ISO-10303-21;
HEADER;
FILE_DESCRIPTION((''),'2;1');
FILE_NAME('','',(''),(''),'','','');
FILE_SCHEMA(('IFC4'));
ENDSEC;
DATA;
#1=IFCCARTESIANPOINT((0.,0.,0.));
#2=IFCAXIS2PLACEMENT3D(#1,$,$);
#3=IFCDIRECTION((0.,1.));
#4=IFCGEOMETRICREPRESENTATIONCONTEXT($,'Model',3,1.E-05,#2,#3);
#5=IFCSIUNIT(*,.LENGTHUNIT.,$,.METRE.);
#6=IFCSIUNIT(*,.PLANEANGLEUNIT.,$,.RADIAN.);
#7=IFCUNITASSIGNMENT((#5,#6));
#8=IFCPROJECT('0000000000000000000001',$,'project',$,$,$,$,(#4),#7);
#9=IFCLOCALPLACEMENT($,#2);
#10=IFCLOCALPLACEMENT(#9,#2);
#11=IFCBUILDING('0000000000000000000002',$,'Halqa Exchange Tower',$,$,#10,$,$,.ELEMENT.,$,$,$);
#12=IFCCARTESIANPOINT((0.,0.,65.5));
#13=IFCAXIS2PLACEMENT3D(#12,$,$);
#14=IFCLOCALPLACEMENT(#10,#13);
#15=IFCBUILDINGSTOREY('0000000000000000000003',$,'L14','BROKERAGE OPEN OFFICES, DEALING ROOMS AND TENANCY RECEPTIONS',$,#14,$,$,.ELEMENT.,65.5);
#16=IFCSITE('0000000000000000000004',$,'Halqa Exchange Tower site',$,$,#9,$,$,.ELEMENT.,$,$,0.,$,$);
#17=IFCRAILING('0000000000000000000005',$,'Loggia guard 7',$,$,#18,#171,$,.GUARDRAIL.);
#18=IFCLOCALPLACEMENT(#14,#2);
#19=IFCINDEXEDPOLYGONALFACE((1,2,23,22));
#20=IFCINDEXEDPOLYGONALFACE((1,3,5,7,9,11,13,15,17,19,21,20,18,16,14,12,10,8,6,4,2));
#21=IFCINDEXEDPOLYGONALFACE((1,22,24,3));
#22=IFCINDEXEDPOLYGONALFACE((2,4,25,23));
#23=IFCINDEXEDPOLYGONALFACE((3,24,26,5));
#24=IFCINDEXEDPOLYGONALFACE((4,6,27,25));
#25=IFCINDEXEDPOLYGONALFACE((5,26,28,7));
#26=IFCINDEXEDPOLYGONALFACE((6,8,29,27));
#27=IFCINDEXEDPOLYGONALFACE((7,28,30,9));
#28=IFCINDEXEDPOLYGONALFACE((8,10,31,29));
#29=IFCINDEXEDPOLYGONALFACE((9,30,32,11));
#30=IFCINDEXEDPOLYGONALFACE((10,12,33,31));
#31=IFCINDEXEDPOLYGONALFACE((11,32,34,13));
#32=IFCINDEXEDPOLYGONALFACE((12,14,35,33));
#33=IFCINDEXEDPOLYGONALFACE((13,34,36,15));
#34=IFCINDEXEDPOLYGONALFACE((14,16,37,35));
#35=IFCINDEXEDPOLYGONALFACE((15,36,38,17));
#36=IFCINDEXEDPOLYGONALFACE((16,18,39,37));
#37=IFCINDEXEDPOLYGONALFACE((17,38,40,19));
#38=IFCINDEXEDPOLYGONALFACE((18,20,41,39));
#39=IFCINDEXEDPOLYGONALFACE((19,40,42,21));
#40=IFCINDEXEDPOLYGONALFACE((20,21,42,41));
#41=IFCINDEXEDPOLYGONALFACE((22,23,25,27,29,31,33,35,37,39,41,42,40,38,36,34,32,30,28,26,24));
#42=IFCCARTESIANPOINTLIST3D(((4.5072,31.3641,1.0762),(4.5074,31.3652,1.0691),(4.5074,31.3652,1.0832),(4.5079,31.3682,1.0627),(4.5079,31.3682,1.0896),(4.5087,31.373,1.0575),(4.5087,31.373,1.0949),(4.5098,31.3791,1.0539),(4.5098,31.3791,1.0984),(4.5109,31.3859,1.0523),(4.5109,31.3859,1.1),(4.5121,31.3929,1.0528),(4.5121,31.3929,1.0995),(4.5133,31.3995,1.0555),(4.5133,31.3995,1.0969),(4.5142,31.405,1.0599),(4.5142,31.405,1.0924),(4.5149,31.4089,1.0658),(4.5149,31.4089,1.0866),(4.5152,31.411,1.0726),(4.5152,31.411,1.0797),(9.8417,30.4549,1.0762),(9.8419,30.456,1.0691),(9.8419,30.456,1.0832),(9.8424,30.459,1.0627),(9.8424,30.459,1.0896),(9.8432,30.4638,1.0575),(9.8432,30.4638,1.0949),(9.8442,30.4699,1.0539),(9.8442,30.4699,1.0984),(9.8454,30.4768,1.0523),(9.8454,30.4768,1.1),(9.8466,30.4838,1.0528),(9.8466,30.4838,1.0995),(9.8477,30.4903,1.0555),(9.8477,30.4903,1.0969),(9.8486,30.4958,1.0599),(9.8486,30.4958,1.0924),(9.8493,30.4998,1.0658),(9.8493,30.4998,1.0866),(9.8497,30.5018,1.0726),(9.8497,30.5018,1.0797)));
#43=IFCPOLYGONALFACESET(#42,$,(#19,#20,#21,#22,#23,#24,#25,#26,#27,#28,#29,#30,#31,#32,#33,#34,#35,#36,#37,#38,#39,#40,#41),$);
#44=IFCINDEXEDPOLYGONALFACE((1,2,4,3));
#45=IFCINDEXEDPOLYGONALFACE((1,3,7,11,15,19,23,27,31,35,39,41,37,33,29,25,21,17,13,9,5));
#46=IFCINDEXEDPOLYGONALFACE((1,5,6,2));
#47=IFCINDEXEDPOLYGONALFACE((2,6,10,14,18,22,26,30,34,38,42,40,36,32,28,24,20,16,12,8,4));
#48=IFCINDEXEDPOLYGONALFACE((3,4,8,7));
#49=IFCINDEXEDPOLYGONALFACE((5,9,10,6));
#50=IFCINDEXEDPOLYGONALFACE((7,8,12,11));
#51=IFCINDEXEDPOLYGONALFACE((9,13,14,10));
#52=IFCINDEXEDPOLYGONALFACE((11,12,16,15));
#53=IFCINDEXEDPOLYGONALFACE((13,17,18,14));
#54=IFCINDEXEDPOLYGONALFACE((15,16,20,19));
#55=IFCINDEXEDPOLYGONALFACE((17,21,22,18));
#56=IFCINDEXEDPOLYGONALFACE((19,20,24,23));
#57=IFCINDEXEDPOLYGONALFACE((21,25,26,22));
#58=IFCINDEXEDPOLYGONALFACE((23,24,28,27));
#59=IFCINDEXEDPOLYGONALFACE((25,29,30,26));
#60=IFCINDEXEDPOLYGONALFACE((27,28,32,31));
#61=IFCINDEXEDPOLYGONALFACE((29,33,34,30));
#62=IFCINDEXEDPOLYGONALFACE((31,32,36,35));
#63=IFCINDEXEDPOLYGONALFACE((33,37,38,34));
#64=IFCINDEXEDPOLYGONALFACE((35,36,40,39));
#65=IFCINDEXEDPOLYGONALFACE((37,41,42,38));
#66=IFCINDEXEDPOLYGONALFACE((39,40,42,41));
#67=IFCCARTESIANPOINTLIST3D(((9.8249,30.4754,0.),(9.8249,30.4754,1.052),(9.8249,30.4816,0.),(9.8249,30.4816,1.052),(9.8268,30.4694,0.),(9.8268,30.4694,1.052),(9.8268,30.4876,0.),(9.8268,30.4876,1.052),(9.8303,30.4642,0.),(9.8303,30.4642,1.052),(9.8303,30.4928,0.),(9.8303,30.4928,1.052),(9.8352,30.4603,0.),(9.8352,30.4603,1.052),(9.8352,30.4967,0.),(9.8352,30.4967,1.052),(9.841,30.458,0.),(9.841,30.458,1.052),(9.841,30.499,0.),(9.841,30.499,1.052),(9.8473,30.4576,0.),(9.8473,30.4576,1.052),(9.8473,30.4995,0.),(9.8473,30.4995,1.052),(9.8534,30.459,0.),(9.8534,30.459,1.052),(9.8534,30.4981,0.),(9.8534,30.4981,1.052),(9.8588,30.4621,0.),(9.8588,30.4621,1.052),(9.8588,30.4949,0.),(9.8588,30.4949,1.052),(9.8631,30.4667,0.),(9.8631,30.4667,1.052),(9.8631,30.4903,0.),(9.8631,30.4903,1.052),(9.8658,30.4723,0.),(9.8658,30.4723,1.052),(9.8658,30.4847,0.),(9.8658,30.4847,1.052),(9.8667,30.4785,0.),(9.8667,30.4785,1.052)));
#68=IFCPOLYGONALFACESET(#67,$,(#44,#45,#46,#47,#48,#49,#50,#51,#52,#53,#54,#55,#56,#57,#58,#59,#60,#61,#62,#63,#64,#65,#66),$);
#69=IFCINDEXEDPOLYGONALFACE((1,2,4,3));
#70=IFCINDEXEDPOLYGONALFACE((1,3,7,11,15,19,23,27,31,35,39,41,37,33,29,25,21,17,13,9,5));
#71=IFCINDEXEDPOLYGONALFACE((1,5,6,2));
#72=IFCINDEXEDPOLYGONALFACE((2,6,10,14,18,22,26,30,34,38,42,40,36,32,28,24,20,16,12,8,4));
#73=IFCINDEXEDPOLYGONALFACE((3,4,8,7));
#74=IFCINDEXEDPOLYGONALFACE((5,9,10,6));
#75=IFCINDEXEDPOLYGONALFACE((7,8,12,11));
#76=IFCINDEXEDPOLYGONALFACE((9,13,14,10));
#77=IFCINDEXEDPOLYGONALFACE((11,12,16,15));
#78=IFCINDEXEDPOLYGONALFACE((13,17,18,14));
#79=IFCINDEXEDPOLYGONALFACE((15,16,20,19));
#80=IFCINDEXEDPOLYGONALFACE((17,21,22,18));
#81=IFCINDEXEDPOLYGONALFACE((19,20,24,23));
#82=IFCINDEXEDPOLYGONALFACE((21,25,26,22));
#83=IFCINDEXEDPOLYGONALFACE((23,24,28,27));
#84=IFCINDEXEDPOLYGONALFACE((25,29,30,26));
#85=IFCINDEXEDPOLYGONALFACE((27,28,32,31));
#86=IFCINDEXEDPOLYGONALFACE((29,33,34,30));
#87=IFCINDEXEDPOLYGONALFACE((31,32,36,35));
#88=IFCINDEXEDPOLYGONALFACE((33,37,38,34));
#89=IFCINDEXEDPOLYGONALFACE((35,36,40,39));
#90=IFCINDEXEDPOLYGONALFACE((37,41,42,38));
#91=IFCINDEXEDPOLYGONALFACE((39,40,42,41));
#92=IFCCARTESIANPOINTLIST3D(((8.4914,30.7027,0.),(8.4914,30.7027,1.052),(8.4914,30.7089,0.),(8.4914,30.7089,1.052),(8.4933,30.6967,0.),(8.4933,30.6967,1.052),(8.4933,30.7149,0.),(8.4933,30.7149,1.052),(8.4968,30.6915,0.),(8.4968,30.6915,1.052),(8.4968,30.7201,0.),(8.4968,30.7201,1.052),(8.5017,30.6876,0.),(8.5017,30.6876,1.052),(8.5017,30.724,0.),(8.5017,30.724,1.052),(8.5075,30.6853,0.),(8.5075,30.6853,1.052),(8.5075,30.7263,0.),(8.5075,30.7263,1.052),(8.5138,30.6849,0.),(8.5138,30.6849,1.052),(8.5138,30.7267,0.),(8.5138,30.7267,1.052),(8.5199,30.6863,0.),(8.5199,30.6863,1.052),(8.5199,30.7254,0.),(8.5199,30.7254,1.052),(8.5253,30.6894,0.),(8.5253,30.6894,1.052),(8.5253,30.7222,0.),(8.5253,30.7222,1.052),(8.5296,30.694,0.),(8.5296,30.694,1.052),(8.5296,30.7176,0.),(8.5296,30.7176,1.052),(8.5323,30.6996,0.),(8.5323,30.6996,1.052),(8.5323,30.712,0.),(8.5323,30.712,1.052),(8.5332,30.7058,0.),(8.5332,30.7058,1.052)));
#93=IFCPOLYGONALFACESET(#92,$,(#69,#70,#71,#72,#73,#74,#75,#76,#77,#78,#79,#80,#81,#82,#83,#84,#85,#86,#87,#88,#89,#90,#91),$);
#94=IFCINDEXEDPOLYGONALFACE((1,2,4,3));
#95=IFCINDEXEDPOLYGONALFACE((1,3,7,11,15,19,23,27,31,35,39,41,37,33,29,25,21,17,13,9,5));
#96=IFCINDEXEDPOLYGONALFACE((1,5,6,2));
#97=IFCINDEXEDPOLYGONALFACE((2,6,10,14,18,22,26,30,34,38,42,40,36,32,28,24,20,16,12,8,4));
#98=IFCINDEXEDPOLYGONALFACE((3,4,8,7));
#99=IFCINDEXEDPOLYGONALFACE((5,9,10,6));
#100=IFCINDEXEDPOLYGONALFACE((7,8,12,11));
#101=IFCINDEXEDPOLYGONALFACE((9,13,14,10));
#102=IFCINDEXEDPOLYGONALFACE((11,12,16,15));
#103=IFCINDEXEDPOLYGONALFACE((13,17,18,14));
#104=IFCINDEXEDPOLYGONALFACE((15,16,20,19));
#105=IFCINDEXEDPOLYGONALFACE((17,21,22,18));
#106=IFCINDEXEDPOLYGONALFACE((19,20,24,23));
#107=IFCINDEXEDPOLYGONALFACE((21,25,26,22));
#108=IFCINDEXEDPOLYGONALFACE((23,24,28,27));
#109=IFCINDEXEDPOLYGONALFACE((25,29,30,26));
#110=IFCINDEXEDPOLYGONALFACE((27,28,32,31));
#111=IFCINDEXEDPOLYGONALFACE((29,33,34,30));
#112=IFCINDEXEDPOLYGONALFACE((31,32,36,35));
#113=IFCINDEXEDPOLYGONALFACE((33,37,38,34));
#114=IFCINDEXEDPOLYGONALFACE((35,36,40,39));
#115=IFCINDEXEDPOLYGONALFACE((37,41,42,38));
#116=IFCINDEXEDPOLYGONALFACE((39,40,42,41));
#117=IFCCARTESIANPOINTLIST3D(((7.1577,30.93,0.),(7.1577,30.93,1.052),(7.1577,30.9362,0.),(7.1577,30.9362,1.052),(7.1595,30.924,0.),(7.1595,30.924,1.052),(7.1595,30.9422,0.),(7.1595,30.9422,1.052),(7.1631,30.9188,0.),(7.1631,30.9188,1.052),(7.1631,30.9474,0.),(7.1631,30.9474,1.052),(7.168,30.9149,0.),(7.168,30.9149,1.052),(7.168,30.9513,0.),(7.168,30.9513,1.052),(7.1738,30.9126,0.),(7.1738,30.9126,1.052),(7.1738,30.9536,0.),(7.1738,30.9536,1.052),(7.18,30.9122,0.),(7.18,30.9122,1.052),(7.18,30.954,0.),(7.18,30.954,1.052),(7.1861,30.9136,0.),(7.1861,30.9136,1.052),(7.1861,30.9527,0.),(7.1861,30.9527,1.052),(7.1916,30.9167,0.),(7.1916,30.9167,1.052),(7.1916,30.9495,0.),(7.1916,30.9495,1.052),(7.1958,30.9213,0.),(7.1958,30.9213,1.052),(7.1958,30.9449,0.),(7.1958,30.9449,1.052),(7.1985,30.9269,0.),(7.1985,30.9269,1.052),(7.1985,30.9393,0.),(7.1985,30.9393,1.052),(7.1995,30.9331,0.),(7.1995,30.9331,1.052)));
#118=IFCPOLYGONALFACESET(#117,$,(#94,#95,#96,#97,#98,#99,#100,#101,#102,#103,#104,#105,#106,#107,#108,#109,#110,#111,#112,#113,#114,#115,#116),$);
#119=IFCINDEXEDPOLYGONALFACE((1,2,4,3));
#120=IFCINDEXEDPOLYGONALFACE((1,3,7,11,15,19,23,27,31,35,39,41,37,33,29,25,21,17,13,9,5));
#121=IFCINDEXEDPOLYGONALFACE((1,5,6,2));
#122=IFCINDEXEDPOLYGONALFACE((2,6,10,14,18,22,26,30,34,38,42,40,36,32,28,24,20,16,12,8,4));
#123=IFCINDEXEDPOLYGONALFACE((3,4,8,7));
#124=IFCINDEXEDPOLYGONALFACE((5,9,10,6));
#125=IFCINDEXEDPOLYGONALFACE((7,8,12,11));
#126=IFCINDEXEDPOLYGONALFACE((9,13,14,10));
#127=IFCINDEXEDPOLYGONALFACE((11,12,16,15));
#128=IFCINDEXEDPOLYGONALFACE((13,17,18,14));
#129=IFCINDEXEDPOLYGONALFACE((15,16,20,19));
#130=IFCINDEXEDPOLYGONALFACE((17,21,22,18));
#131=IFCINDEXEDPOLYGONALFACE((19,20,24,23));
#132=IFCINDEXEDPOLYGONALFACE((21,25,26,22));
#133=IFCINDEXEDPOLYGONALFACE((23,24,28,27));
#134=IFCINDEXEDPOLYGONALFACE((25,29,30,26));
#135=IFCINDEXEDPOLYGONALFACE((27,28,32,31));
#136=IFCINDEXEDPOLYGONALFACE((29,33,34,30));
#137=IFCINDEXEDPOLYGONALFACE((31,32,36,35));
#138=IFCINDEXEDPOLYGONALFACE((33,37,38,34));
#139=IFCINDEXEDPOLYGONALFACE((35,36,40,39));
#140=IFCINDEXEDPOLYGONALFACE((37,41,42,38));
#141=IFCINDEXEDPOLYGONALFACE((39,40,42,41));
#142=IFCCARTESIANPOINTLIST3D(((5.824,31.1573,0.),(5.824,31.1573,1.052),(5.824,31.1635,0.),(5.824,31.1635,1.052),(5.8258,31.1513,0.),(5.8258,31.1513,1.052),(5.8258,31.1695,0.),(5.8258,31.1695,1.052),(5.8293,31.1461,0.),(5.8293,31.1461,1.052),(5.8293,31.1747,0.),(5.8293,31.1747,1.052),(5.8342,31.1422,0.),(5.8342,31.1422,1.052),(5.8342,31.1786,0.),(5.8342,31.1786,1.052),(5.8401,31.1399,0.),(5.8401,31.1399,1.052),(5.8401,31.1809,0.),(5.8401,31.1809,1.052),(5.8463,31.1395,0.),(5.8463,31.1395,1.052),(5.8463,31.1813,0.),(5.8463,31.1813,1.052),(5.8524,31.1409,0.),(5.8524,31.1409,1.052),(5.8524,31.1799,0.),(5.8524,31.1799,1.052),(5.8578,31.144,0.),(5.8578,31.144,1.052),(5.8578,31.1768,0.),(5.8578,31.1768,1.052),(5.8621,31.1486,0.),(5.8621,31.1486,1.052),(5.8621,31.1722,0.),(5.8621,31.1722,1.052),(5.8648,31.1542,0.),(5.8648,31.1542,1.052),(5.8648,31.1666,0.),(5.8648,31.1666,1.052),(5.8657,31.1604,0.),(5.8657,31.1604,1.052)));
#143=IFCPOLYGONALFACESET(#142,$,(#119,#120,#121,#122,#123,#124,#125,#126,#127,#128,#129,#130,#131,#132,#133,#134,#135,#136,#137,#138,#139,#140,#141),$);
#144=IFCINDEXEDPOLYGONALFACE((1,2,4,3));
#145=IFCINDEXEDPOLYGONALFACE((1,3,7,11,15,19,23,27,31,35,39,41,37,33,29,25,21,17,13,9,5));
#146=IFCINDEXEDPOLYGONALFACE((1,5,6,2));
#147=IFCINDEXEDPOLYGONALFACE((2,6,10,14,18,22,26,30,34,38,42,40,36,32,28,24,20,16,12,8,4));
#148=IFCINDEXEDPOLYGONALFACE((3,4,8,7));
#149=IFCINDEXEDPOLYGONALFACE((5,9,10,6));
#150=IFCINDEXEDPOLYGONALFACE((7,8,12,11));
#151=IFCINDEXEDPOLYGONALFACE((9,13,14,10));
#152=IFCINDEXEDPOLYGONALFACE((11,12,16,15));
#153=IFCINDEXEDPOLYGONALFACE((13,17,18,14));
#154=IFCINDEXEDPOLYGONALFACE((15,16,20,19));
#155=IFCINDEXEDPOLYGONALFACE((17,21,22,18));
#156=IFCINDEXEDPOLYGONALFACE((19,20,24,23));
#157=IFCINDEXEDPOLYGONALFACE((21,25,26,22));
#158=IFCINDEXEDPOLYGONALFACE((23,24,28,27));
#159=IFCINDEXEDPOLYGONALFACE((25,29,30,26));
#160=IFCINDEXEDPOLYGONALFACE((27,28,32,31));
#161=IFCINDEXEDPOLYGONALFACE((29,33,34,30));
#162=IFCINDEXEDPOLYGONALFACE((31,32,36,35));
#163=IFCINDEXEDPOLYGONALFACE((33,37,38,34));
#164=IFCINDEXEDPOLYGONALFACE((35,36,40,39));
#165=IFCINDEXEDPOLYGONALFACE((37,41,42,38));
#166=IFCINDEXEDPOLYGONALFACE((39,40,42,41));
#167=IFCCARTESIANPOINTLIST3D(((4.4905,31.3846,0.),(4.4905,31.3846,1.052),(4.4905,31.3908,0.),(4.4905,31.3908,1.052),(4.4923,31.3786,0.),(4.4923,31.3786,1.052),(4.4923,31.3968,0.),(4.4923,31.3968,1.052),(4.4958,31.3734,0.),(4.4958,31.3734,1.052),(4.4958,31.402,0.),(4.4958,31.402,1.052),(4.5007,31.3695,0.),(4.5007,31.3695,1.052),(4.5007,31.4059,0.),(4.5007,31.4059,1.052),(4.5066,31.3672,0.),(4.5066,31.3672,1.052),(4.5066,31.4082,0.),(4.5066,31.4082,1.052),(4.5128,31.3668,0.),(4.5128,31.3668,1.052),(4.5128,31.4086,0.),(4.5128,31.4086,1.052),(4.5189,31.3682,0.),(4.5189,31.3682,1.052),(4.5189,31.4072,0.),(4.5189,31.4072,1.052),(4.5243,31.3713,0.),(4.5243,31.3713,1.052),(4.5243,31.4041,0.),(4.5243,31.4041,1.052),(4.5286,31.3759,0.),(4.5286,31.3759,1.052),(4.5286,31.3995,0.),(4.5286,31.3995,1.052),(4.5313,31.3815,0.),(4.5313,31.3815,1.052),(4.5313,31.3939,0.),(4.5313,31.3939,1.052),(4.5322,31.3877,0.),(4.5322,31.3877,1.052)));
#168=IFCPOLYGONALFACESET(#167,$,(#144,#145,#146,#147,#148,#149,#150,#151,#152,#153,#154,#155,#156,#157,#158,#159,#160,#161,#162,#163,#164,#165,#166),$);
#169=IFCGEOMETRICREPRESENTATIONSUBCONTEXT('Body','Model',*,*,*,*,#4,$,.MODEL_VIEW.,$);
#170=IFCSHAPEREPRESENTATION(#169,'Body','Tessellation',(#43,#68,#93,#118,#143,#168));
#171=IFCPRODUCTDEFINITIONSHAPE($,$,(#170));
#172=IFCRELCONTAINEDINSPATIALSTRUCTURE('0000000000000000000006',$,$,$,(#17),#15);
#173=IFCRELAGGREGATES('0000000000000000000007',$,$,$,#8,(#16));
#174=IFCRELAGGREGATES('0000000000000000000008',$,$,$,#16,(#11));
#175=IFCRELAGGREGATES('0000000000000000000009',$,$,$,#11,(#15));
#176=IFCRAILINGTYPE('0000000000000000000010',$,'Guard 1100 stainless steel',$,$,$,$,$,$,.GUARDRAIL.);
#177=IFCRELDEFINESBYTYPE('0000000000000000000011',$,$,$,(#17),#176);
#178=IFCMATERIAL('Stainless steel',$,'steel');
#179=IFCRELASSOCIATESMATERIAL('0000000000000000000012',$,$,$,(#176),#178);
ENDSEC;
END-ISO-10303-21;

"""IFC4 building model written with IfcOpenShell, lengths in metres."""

from ifc_helpers import new_model, si_unit, direction, frame, origin, origin_2d, place, context, subcontext, project, spatial, circle, extrude, material, type_object, element, save


model = new_model("IFC4")

# Units and contexts
model_context = context("Model", 3, precision=1e-05, world=origin(), true_north=direction((0.0, 1.0)))
body_context = subcontext(model_context, "Body", "Model", "MODEL_VIEW")
ifc_project = project(units=[si_unit("LENGTHUNIT", "METRE"), si_unit("PLANEANGLEUNIT", "RADIAN")], contexts=[model_context])

# Site, building, storey
site_placement = place(None, origin())
site = spatial("IfcSite", under=ifc_project, at=site_placement, Name="Halqa Exchange Tower site", CompositionType="ELEMENT", RefElevation=0.0)
building_placement = place(site_placement, origin())
building = spatial("IfcBuilding", under=site, at=building_placement, Name="Halqa Exchange Tower", CompositionType="ELEMENT")
storey_placement = place(building_placement, frame((0.0, 0.0, 65.5)))
storey = spatial("IfcBuildingStorey", under=building, at=storey_placement, Name="L14", Description="BROKERAGE OPEN OFFICES, DEALING ROOMS AND TENANCY RECEPTIONS", CompositionType="ELEMENT", Elevation=65.5)

# Railing
ifc_material_1 = material(Name="Stainless steel", Category="steel")
railing_type_1 = type_object("IfcRailingType", Name="Guard 1100 stainless steel", PredefinedType="GUARDRAIL", material=ifc_material_1)
railing_1_placement = place(storey_placement, frame((9.8457, 30.4785, 0.0)))
element("IfcRailing", 1, at=railing_1_placement, inside=storey, type_object=railing_type_1, Name="Loggia guard 7", PredefinedType="GUARDRAIL", context=body_context, shape_type="SweptSolid", body=[
    extrude(circle(Radius=0.0239, at=origin_2d()), frame((0.0, 0.0, 1.0762), z_axis=(-0.985785, 0.168012, 0.0), x_axis=(-0.168012, -0.985785, 0.0)), (0.0, 0.0, 1.0), 5.4114),
    extrude(circle(Radius=0.021, at=origin_2d()), origin(), (0.0, 0.0, 1.0), 1.052),
    extrude(circle(Radius=0.021, at=origin_2d()), frame((-1.3335, 0.2273, 0.0)), (0.0, 0.0, 1.0), 1.052),
    extrude(circle(Radius=0.021, at=origin_2d()), frame((-2.6672, 0.4546, 0.0)), (0.0, 0.0, 1.0), 1.052),
    extrude(circle(Radius=0.021, at=origin_2d()), frame((-4.001, 0.6819, 0.0)), (0.0, 0.0, 1.0), 1.052),
    extrude(circle(Radius=0.021, at=origin_2d()), frame((-5.3345, 0.9092, 0.0)), (0.0, 0.0, 1.0), 1.052),
])

save(model, "model.ifc")
